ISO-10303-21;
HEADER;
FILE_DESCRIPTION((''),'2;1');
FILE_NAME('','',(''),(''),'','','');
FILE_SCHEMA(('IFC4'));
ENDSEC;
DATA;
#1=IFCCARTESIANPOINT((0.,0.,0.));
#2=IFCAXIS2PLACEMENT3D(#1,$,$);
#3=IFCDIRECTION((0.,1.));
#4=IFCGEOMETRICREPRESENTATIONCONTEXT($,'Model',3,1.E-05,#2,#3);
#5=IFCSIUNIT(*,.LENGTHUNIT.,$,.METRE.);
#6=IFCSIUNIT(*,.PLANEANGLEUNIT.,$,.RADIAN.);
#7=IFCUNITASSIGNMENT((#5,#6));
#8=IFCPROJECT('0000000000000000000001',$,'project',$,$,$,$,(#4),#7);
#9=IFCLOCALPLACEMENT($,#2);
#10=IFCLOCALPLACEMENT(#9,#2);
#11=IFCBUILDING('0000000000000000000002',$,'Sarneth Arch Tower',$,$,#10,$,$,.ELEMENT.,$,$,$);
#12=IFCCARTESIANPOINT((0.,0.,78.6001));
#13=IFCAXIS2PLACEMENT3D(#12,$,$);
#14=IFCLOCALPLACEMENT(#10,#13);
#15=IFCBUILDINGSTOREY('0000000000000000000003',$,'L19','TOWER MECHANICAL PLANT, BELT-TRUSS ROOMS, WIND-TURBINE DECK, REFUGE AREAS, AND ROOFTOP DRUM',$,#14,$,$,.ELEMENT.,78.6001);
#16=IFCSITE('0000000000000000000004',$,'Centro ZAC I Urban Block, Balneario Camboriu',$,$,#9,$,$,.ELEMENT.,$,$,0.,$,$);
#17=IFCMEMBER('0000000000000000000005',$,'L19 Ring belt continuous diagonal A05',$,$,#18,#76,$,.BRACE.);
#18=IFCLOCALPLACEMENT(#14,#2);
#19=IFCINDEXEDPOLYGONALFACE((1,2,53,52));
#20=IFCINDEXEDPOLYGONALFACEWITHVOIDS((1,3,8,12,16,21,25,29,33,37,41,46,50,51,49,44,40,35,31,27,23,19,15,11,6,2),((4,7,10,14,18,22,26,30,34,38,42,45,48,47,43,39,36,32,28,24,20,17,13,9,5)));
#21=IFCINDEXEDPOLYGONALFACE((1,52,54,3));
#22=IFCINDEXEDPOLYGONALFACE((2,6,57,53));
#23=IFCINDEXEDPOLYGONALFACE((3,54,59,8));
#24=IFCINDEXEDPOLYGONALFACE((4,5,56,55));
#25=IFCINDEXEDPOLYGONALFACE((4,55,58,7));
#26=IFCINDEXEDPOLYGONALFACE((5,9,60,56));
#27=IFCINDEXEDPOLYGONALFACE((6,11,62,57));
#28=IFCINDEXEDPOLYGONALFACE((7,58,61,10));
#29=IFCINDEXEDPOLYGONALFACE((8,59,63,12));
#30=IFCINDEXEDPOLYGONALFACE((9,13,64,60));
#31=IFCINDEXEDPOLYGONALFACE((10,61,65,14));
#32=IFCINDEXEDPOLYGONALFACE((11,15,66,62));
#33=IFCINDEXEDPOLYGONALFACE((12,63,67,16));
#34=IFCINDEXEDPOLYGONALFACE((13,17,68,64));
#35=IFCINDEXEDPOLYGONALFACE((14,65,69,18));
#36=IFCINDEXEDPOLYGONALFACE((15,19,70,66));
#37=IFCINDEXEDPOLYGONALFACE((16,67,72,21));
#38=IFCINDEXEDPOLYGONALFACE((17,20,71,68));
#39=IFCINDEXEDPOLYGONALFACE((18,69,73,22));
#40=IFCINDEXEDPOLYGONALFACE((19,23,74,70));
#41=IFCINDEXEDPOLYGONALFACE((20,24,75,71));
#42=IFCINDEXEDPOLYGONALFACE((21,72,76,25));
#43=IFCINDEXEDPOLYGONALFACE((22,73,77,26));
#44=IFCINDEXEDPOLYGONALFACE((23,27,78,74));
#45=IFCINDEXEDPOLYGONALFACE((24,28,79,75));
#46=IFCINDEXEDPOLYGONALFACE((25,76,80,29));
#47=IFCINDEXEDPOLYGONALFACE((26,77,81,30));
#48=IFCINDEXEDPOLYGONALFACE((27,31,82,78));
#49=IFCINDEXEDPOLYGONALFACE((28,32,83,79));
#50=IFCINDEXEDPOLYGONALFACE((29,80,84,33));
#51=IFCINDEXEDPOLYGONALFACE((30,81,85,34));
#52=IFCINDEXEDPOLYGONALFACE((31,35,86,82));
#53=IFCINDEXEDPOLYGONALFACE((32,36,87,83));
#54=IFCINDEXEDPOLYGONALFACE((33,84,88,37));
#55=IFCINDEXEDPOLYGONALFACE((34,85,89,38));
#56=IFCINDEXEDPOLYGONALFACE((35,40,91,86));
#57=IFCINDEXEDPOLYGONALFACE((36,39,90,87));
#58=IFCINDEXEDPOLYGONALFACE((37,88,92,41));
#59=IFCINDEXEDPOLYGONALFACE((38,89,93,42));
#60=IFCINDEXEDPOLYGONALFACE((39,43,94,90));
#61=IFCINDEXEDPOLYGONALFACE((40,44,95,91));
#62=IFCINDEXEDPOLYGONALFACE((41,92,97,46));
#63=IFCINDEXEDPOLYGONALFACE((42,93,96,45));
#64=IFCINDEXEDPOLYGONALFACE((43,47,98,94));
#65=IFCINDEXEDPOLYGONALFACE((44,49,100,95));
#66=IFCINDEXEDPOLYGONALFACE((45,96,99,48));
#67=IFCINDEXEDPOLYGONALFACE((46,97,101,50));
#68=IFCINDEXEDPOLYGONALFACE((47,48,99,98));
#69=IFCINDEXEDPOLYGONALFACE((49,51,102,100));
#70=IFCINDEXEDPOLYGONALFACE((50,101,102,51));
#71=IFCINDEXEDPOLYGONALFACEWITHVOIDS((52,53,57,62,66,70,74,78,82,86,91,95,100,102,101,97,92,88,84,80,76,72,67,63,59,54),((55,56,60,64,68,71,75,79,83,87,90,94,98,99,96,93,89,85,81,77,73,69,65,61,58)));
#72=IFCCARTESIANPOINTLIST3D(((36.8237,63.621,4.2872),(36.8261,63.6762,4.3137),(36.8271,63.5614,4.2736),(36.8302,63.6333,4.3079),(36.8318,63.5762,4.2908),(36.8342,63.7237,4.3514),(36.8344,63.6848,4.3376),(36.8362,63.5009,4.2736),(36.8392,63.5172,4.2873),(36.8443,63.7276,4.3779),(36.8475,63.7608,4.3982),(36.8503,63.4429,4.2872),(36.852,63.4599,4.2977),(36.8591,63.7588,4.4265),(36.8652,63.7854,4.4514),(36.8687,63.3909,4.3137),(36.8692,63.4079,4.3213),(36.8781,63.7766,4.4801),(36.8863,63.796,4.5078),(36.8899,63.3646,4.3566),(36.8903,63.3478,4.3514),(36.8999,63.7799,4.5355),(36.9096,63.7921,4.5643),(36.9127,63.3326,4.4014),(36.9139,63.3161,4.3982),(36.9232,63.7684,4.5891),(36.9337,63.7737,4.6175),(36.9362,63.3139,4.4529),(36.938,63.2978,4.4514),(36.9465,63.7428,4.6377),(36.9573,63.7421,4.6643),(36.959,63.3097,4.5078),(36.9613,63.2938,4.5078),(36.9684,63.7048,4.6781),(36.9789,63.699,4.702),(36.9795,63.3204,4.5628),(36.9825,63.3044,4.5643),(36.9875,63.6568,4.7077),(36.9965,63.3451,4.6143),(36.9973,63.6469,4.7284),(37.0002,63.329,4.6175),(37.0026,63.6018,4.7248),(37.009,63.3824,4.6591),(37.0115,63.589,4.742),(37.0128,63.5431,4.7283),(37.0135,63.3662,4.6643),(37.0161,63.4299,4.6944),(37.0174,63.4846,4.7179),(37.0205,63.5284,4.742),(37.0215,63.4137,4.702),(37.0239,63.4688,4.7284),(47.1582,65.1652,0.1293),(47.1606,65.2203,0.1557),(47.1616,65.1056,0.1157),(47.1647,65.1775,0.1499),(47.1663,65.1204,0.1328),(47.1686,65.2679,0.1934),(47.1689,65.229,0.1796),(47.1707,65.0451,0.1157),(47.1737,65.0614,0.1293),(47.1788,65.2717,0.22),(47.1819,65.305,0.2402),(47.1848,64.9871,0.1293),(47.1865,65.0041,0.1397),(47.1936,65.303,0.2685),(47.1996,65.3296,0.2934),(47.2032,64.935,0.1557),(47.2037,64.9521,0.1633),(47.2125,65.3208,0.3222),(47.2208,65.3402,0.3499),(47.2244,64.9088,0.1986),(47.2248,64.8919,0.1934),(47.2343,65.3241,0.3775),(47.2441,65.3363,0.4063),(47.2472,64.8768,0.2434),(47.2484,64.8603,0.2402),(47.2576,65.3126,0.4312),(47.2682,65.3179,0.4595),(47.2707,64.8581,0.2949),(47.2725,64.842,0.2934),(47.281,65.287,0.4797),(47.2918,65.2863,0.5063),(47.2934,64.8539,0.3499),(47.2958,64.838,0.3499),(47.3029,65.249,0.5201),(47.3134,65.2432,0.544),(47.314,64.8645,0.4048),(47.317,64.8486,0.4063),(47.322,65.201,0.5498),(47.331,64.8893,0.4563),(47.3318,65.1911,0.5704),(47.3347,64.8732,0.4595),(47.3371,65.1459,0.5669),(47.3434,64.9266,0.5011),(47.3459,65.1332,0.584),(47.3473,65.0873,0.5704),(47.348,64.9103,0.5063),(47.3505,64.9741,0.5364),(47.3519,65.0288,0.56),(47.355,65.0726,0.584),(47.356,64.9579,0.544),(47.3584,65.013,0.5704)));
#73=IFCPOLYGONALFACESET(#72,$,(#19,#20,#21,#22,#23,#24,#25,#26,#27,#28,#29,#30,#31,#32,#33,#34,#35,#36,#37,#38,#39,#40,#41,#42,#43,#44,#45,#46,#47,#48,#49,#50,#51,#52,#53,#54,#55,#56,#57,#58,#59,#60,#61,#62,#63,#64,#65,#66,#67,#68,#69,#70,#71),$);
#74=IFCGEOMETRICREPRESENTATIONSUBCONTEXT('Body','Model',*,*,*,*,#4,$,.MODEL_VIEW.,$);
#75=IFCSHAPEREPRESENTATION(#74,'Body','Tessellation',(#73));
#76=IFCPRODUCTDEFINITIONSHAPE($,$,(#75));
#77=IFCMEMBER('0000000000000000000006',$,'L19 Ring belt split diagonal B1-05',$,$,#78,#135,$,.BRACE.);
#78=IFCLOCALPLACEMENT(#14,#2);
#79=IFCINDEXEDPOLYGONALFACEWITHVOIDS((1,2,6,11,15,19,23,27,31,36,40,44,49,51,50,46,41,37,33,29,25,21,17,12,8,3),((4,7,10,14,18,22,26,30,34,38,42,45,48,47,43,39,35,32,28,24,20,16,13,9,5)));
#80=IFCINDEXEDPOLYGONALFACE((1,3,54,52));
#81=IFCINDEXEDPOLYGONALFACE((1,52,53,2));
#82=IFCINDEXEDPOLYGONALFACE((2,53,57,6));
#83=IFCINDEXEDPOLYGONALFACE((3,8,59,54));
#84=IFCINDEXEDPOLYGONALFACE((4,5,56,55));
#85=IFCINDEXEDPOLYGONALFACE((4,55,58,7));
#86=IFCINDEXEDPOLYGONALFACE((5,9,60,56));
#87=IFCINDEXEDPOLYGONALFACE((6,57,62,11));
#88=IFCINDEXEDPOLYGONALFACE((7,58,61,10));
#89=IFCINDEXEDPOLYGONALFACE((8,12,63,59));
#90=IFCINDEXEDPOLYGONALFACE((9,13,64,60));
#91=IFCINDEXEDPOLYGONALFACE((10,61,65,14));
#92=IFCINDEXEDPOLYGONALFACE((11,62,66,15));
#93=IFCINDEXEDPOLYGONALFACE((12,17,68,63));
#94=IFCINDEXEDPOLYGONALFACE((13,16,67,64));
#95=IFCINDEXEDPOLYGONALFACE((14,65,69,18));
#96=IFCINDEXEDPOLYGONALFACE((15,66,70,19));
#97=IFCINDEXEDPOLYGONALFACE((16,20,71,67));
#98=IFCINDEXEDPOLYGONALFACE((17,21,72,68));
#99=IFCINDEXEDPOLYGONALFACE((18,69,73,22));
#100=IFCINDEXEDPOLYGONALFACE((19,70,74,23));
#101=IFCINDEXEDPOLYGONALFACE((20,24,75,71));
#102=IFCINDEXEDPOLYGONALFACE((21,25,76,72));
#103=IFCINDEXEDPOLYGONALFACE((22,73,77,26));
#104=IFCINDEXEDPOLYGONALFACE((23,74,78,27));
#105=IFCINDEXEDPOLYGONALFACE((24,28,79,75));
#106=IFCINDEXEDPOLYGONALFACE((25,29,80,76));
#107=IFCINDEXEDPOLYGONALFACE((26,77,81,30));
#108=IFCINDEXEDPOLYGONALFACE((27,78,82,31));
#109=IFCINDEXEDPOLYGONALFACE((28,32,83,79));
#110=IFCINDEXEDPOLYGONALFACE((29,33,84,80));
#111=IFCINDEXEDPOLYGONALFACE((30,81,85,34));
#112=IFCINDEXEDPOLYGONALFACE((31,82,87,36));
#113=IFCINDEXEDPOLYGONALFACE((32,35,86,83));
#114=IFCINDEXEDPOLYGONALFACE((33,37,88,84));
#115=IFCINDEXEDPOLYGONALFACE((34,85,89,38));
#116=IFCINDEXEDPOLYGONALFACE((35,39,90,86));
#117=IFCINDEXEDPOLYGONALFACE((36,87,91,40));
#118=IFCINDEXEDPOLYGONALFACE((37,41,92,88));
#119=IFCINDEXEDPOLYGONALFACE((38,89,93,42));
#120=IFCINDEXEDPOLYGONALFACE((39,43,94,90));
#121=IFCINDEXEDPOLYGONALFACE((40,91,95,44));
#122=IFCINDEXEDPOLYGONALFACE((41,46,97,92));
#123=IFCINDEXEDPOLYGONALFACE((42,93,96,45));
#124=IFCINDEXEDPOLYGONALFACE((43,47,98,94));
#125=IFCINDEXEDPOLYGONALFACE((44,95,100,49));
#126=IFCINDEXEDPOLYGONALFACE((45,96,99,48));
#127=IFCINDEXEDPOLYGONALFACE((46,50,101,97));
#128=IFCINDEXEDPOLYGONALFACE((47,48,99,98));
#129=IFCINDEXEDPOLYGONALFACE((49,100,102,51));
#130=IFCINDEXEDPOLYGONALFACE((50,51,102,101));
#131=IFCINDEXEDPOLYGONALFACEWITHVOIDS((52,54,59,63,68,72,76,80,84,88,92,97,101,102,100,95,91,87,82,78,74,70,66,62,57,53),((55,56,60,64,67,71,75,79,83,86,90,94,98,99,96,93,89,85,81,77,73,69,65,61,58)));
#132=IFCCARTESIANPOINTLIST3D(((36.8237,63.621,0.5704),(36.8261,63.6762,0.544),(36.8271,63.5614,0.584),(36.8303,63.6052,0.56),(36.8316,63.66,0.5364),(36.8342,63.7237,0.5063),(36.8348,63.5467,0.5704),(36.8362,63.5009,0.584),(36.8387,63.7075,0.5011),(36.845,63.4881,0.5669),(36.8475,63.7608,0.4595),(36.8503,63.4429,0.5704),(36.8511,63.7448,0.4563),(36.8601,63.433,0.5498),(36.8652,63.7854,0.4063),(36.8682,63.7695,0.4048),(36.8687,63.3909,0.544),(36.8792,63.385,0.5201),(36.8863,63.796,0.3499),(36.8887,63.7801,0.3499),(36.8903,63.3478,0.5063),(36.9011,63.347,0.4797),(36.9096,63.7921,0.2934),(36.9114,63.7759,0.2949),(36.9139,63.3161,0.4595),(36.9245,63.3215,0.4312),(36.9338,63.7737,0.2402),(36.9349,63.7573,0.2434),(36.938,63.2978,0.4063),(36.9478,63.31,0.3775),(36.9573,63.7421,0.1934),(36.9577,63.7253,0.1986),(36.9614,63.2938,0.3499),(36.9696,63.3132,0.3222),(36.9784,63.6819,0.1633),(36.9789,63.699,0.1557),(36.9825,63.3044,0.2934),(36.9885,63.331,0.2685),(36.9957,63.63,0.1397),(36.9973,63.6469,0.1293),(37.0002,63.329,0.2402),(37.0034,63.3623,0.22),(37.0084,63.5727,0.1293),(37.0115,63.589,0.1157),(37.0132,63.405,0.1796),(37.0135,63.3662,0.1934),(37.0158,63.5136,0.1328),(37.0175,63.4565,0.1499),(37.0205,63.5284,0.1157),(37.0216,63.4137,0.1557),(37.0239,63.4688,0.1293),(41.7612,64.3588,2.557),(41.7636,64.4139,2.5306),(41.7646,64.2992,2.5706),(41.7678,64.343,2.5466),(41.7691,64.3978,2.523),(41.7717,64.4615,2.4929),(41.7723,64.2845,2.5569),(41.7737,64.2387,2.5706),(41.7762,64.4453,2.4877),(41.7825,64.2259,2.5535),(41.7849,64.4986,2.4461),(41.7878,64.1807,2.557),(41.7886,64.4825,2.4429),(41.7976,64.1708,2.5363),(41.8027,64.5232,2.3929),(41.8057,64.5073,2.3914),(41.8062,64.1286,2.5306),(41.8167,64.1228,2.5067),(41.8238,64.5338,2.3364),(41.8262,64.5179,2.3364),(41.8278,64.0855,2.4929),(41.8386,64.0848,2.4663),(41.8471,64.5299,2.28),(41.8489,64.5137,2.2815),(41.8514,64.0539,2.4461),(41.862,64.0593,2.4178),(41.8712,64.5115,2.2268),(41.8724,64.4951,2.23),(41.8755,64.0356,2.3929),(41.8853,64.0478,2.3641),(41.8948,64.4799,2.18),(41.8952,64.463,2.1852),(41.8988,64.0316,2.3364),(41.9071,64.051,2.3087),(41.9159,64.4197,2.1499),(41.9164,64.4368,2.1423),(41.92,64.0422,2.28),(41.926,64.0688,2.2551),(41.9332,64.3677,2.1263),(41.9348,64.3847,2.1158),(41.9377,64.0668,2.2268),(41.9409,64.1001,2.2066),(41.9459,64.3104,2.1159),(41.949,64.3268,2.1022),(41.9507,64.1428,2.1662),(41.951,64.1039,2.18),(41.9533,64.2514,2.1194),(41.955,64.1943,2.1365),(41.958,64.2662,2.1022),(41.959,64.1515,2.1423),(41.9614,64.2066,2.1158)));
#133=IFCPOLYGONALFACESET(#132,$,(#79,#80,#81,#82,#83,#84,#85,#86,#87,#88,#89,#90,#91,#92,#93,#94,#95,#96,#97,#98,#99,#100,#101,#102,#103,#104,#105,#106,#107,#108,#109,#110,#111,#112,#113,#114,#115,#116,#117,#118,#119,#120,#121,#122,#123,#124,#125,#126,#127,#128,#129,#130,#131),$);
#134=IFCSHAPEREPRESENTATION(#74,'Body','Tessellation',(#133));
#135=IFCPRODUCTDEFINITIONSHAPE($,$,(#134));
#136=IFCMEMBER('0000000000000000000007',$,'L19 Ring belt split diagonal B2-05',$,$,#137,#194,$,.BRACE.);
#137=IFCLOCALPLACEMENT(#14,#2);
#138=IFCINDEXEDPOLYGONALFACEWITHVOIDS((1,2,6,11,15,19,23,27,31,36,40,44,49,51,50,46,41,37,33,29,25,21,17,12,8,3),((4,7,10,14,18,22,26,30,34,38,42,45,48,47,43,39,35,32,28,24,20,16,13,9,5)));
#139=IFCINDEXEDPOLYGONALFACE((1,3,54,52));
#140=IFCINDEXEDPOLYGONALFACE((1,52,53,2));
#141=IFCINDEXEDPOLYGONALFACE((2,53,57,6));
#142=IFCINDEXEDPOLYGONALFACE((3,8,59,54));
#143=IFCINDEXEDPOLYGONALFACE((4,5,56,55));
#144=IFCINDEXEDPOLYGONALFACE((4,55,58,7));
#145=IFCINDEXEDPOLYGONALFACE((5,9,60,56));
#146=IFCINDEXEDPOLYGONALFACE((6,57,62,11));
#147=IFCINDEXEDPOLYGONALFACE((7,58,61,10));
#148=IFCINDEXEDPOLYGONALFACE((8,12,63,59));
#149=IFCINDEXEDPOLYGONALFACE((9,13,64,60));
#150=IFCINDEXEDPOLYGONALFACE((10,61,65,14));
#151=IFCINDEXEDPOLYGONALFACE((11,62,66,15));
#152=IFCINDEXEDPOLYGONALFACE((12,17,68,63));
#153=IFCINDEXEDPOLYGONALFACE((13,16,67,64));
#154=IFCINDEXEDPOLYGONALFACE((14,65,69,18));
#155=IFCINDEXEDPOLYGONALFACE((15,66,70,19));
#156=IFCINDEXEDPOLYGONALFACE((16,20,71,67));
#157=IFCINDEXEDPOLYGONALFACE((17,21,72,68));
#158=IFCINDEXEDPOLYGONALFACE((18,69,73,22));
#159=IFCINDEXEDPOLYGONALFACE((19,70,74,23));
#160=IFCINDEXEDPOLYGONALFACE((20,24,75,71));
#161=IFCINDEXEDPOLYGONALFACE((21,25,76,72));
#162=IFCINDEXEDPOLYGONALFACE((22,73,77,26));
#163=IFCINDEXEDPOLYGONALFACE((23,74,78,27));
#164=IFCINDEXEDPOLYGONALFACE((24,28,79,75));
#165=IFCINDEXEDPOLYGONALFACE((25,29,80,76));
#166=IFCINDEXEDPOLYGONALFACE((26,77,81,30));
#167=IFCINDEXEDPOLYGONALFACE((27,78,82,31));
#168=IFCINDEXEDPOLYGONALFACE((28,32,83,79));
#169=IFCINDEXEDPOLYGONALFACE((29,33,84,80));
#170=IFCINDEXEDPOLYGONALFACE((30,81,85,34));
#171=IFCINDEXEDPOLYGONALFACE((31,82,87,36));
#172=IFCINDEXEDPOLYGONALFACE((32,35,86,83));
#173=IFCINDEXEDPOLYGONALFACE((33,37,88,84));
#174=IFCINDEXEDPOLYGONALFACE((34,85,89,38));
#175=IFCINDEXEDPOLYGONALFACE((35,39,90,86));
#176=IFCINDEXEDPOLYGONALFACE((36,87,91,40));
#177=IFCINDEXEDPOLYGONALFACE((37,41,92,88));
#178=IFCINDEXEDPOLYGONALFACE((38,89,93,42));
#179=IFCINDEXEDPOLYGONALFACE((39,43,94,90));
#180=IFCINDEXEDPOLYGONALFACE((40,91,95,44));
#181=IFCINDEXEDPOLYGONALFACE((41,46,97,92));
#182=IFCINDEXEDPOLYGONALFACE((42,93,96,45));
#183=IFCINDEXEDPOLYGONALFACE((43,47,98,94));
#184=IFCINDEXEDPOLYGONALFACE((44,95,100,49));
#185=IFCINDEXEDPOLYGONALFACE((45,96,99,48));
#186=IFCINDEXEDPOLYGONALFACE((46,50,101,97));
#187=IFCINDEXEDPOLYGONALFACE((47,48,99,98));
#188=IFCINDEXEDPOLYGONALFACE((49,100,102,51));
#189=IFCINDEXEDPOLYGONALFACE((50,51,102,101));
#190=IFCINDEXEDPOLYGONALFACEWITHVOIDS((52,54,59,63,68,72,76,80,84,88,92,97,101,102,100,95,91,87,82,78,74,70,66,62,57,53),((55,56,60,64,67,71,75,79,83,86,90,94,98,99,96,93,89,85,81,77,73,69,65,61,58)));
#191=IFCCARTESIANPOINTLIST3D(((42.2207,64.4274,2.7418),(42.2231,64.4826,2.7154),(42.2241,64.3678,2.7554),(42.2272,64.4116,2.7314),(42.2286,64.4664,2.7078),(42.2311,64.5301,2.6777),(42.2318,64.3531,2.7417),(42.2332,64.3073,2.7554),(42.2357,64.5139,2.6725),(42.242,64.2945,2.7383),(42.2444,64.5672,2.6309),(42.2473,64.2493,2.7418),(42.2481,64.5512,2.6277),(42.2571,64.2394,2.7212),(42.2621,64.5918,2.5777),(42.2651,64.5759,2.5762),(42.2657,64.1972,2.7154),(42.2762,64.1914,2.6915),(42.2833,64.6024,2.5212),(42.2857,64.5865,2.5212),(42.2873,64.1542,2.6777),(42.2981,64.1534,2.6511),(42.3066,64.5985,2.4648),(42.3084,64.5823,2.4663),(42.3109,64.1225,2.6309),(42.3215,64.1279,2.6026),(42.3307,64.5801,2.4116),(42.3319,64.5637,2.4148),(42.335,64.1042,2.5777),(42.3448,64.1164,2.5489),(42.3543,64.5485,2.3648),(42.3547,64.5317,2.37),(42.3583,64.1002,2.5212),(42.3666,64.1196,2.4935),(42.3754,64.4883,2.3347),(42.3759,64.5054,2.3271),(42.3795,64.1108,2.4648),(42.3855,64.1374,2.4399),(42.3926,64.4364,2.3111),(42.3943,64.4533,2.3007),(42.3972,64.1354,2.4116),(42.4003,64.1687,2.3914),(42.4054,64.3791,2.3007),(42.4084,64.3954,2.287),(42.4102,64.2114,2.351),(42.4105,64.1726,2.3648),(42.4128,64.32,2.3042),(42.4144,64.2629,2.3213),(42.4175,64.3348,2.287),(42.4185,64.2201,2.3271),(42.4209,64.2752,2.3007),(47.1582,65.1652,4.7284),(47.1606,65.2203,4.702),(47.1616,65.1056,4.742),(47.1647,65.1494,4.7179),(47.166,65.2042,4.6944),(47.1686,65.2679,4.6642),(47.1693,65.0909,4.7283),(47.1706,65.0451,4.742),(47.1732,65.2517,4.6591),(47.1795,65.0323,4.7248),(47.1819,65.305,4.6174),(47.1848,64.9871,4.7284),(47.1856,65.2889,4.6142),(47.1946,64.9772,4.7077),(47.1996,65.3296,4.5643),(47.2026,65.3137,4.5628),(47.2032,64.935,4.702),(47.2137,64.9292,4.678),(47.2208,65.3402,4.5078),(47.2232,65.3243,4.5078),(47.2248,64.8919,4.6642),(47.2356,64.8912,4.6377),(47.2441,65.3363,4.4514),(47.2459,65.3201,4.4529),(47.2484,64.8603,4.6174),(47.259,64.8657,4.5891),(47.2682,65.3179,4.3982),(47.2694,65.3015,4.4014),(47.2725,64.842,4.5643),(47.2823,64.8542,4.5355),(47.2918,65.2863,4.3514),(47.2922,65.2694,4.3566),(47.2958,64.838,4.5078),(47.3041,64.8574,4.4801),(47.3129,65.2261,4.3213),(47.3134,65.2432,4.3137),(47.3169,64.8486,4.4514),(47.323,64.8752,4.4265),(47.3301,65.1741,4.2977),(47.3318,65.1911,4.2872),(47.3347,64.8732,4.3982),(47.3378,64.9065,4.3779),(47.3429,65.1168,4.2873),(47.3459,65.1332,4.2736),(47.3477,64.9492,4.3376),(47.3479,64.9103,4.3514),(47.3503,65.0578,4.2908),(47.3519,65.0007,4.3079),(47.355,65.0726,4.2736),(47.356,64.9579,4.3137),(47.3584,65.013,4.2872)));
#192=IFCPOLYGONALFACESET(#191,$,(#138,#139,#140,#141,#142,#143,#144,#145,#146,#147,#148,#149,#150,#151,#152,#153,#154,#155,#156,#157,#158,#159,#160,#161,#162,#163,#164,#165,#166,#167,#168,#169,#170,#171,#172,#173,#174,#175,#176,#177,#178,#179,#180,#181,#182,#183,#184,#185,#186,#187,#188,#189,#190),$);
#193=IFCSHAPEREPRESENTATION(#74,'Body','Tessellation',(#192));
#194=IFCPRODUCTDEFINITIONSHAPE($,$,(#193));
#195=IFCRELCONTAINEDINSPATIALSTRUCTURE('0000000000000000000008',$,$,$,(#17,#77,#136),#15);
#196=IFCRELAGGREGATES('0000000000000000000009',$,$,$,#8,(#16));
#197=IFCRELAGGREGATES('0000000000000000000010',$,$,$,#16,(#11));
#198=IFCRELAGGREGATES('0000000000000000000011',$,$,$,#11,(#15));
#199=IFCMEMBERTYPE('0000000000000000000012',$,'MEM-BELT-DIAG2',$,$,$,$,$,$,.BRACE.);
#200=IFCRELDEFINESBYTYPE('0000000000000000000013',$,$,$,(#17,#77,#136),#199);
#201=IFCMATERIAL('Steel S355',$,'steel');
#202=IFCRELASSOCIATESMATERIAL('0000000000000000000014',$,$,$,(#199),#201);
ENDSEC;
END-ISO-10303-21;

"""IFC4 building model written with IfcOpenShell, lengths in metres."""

from ifc_helpers import new_model, si_unit, direction, frame, origin, origin_2d, place, context, subcontext, project, spatial, hollow_circle, extrude, material, material_profile, profile_set, type_object, element, save


model = new_model("IFC4")

# Units and contexts
model_context = context("Model", 3, precision=1e-05, world=origin(), true_north=direction((0.0, 1.0)))
body_context = subcontext(model_context, "Body", "Model", "MODEL_VIEW")
ifc_project = project(units=[si_unit("LENGTHUNIT", "METRE"), si_unit("PLANEANGLEUNIT", "RADIAN")], contexts=[model_context])

# Site, building, storey
site_placement = place(None, origin())
site = spatial("IfcSite", under=ifc_project, at=site_placement, Name="Centro ZAC I Urban Block, Balneario Camboriu", CompositionType="ELEMENT", RefElevation=0.0)
building_placement = place(site_placement, origin())
building = spatial("IfcBuilding", under=site, at=building_placement, Name="Sarneth Arch Tower", CompositionType="ELEMENT")
storey_placement = place(building_placement, frame((0.0, 0.0, 78.6001)))
storey = spatial("IfcBuildingStorey", under=building, at=storey_placement, Name="L19", Description="TOWER MECHANICAL PLANT, BELT-TRUSS ROOMS, WIND-TURBINE DECK, REFUGE AREAS, AND ROOFTOP DRUM", CompositionType="ELEMENT", Elevation=78.6001)

# Members
ifc_material_1 = material(Name="Steel S355", Category="steel")
ifc_material_profile_1 = material_profile(ifc_material_1, hollow_circle(Radius=0.2539, WallThickness=0.0161, at=origin_2d()), Name="CHS508x16")
ifc_profile_set_1 = profile_set([ifc_material_profile_1], Name="Steel S355")
member_type_1 = type_object("IfcMemberType", Name="MEM-BELT-DIAG2", PredefinedType="BRACE", material=ifc_profile_set_1)
member_1_placement = place(storey_placement, frame((47.2583, 65.0891, 0.3499), z_axis=(-0.918939, -0.137309, 0.369725), x_axis=(0.147781, -0.98902, 0.0)))
element("IfcMember", 1, at=member_1_placement, inside=storey, type_object=member_type_1, Name="L19 Ring belt continuous diagonal A05", PredefinedType="BRACE", context=body_context, shape_type="SweptSolid", body=[
    extrude(hollow_circle(Radius=0.2539, WallThickness=0.0161, at=origin_2d()), origin(), (0.0, 0.0, 1.0), 11.2461),
])
for number, where, z_axis, x_axis, name in (
    (2, (36.9238, 63.5449, 0.3499), (0.918937, 0.137314, 0.369729), (-0.147786, 0.989019, 0.0), "L19 Ring belt split diagonal B1-05"),
    (3, (42.3208, 64.3513, 2.5212), (0.918937, 0.137314, 0.369729), (-0.147786, 0.989019, 0.0), "L19 Ring belt split diagonal B2-05"),
):
    element("IfcMember", number, at=place(storey_placement, frame(where, z_axis=z_axis, x_axis=x_axis)), inside=storey, type_object=member_type_1, Name=name, PredefinedType="BRACE", context=body_context, shape_type="SweptSolid", body=[
        extrude(hollow_circle(Radius=0.2539, WallThickness=0.0161, at=origin_2d()), origin(), (0.0, 0.0, 1.0), 5.373),
    ])

save(model, "model.ifc")
